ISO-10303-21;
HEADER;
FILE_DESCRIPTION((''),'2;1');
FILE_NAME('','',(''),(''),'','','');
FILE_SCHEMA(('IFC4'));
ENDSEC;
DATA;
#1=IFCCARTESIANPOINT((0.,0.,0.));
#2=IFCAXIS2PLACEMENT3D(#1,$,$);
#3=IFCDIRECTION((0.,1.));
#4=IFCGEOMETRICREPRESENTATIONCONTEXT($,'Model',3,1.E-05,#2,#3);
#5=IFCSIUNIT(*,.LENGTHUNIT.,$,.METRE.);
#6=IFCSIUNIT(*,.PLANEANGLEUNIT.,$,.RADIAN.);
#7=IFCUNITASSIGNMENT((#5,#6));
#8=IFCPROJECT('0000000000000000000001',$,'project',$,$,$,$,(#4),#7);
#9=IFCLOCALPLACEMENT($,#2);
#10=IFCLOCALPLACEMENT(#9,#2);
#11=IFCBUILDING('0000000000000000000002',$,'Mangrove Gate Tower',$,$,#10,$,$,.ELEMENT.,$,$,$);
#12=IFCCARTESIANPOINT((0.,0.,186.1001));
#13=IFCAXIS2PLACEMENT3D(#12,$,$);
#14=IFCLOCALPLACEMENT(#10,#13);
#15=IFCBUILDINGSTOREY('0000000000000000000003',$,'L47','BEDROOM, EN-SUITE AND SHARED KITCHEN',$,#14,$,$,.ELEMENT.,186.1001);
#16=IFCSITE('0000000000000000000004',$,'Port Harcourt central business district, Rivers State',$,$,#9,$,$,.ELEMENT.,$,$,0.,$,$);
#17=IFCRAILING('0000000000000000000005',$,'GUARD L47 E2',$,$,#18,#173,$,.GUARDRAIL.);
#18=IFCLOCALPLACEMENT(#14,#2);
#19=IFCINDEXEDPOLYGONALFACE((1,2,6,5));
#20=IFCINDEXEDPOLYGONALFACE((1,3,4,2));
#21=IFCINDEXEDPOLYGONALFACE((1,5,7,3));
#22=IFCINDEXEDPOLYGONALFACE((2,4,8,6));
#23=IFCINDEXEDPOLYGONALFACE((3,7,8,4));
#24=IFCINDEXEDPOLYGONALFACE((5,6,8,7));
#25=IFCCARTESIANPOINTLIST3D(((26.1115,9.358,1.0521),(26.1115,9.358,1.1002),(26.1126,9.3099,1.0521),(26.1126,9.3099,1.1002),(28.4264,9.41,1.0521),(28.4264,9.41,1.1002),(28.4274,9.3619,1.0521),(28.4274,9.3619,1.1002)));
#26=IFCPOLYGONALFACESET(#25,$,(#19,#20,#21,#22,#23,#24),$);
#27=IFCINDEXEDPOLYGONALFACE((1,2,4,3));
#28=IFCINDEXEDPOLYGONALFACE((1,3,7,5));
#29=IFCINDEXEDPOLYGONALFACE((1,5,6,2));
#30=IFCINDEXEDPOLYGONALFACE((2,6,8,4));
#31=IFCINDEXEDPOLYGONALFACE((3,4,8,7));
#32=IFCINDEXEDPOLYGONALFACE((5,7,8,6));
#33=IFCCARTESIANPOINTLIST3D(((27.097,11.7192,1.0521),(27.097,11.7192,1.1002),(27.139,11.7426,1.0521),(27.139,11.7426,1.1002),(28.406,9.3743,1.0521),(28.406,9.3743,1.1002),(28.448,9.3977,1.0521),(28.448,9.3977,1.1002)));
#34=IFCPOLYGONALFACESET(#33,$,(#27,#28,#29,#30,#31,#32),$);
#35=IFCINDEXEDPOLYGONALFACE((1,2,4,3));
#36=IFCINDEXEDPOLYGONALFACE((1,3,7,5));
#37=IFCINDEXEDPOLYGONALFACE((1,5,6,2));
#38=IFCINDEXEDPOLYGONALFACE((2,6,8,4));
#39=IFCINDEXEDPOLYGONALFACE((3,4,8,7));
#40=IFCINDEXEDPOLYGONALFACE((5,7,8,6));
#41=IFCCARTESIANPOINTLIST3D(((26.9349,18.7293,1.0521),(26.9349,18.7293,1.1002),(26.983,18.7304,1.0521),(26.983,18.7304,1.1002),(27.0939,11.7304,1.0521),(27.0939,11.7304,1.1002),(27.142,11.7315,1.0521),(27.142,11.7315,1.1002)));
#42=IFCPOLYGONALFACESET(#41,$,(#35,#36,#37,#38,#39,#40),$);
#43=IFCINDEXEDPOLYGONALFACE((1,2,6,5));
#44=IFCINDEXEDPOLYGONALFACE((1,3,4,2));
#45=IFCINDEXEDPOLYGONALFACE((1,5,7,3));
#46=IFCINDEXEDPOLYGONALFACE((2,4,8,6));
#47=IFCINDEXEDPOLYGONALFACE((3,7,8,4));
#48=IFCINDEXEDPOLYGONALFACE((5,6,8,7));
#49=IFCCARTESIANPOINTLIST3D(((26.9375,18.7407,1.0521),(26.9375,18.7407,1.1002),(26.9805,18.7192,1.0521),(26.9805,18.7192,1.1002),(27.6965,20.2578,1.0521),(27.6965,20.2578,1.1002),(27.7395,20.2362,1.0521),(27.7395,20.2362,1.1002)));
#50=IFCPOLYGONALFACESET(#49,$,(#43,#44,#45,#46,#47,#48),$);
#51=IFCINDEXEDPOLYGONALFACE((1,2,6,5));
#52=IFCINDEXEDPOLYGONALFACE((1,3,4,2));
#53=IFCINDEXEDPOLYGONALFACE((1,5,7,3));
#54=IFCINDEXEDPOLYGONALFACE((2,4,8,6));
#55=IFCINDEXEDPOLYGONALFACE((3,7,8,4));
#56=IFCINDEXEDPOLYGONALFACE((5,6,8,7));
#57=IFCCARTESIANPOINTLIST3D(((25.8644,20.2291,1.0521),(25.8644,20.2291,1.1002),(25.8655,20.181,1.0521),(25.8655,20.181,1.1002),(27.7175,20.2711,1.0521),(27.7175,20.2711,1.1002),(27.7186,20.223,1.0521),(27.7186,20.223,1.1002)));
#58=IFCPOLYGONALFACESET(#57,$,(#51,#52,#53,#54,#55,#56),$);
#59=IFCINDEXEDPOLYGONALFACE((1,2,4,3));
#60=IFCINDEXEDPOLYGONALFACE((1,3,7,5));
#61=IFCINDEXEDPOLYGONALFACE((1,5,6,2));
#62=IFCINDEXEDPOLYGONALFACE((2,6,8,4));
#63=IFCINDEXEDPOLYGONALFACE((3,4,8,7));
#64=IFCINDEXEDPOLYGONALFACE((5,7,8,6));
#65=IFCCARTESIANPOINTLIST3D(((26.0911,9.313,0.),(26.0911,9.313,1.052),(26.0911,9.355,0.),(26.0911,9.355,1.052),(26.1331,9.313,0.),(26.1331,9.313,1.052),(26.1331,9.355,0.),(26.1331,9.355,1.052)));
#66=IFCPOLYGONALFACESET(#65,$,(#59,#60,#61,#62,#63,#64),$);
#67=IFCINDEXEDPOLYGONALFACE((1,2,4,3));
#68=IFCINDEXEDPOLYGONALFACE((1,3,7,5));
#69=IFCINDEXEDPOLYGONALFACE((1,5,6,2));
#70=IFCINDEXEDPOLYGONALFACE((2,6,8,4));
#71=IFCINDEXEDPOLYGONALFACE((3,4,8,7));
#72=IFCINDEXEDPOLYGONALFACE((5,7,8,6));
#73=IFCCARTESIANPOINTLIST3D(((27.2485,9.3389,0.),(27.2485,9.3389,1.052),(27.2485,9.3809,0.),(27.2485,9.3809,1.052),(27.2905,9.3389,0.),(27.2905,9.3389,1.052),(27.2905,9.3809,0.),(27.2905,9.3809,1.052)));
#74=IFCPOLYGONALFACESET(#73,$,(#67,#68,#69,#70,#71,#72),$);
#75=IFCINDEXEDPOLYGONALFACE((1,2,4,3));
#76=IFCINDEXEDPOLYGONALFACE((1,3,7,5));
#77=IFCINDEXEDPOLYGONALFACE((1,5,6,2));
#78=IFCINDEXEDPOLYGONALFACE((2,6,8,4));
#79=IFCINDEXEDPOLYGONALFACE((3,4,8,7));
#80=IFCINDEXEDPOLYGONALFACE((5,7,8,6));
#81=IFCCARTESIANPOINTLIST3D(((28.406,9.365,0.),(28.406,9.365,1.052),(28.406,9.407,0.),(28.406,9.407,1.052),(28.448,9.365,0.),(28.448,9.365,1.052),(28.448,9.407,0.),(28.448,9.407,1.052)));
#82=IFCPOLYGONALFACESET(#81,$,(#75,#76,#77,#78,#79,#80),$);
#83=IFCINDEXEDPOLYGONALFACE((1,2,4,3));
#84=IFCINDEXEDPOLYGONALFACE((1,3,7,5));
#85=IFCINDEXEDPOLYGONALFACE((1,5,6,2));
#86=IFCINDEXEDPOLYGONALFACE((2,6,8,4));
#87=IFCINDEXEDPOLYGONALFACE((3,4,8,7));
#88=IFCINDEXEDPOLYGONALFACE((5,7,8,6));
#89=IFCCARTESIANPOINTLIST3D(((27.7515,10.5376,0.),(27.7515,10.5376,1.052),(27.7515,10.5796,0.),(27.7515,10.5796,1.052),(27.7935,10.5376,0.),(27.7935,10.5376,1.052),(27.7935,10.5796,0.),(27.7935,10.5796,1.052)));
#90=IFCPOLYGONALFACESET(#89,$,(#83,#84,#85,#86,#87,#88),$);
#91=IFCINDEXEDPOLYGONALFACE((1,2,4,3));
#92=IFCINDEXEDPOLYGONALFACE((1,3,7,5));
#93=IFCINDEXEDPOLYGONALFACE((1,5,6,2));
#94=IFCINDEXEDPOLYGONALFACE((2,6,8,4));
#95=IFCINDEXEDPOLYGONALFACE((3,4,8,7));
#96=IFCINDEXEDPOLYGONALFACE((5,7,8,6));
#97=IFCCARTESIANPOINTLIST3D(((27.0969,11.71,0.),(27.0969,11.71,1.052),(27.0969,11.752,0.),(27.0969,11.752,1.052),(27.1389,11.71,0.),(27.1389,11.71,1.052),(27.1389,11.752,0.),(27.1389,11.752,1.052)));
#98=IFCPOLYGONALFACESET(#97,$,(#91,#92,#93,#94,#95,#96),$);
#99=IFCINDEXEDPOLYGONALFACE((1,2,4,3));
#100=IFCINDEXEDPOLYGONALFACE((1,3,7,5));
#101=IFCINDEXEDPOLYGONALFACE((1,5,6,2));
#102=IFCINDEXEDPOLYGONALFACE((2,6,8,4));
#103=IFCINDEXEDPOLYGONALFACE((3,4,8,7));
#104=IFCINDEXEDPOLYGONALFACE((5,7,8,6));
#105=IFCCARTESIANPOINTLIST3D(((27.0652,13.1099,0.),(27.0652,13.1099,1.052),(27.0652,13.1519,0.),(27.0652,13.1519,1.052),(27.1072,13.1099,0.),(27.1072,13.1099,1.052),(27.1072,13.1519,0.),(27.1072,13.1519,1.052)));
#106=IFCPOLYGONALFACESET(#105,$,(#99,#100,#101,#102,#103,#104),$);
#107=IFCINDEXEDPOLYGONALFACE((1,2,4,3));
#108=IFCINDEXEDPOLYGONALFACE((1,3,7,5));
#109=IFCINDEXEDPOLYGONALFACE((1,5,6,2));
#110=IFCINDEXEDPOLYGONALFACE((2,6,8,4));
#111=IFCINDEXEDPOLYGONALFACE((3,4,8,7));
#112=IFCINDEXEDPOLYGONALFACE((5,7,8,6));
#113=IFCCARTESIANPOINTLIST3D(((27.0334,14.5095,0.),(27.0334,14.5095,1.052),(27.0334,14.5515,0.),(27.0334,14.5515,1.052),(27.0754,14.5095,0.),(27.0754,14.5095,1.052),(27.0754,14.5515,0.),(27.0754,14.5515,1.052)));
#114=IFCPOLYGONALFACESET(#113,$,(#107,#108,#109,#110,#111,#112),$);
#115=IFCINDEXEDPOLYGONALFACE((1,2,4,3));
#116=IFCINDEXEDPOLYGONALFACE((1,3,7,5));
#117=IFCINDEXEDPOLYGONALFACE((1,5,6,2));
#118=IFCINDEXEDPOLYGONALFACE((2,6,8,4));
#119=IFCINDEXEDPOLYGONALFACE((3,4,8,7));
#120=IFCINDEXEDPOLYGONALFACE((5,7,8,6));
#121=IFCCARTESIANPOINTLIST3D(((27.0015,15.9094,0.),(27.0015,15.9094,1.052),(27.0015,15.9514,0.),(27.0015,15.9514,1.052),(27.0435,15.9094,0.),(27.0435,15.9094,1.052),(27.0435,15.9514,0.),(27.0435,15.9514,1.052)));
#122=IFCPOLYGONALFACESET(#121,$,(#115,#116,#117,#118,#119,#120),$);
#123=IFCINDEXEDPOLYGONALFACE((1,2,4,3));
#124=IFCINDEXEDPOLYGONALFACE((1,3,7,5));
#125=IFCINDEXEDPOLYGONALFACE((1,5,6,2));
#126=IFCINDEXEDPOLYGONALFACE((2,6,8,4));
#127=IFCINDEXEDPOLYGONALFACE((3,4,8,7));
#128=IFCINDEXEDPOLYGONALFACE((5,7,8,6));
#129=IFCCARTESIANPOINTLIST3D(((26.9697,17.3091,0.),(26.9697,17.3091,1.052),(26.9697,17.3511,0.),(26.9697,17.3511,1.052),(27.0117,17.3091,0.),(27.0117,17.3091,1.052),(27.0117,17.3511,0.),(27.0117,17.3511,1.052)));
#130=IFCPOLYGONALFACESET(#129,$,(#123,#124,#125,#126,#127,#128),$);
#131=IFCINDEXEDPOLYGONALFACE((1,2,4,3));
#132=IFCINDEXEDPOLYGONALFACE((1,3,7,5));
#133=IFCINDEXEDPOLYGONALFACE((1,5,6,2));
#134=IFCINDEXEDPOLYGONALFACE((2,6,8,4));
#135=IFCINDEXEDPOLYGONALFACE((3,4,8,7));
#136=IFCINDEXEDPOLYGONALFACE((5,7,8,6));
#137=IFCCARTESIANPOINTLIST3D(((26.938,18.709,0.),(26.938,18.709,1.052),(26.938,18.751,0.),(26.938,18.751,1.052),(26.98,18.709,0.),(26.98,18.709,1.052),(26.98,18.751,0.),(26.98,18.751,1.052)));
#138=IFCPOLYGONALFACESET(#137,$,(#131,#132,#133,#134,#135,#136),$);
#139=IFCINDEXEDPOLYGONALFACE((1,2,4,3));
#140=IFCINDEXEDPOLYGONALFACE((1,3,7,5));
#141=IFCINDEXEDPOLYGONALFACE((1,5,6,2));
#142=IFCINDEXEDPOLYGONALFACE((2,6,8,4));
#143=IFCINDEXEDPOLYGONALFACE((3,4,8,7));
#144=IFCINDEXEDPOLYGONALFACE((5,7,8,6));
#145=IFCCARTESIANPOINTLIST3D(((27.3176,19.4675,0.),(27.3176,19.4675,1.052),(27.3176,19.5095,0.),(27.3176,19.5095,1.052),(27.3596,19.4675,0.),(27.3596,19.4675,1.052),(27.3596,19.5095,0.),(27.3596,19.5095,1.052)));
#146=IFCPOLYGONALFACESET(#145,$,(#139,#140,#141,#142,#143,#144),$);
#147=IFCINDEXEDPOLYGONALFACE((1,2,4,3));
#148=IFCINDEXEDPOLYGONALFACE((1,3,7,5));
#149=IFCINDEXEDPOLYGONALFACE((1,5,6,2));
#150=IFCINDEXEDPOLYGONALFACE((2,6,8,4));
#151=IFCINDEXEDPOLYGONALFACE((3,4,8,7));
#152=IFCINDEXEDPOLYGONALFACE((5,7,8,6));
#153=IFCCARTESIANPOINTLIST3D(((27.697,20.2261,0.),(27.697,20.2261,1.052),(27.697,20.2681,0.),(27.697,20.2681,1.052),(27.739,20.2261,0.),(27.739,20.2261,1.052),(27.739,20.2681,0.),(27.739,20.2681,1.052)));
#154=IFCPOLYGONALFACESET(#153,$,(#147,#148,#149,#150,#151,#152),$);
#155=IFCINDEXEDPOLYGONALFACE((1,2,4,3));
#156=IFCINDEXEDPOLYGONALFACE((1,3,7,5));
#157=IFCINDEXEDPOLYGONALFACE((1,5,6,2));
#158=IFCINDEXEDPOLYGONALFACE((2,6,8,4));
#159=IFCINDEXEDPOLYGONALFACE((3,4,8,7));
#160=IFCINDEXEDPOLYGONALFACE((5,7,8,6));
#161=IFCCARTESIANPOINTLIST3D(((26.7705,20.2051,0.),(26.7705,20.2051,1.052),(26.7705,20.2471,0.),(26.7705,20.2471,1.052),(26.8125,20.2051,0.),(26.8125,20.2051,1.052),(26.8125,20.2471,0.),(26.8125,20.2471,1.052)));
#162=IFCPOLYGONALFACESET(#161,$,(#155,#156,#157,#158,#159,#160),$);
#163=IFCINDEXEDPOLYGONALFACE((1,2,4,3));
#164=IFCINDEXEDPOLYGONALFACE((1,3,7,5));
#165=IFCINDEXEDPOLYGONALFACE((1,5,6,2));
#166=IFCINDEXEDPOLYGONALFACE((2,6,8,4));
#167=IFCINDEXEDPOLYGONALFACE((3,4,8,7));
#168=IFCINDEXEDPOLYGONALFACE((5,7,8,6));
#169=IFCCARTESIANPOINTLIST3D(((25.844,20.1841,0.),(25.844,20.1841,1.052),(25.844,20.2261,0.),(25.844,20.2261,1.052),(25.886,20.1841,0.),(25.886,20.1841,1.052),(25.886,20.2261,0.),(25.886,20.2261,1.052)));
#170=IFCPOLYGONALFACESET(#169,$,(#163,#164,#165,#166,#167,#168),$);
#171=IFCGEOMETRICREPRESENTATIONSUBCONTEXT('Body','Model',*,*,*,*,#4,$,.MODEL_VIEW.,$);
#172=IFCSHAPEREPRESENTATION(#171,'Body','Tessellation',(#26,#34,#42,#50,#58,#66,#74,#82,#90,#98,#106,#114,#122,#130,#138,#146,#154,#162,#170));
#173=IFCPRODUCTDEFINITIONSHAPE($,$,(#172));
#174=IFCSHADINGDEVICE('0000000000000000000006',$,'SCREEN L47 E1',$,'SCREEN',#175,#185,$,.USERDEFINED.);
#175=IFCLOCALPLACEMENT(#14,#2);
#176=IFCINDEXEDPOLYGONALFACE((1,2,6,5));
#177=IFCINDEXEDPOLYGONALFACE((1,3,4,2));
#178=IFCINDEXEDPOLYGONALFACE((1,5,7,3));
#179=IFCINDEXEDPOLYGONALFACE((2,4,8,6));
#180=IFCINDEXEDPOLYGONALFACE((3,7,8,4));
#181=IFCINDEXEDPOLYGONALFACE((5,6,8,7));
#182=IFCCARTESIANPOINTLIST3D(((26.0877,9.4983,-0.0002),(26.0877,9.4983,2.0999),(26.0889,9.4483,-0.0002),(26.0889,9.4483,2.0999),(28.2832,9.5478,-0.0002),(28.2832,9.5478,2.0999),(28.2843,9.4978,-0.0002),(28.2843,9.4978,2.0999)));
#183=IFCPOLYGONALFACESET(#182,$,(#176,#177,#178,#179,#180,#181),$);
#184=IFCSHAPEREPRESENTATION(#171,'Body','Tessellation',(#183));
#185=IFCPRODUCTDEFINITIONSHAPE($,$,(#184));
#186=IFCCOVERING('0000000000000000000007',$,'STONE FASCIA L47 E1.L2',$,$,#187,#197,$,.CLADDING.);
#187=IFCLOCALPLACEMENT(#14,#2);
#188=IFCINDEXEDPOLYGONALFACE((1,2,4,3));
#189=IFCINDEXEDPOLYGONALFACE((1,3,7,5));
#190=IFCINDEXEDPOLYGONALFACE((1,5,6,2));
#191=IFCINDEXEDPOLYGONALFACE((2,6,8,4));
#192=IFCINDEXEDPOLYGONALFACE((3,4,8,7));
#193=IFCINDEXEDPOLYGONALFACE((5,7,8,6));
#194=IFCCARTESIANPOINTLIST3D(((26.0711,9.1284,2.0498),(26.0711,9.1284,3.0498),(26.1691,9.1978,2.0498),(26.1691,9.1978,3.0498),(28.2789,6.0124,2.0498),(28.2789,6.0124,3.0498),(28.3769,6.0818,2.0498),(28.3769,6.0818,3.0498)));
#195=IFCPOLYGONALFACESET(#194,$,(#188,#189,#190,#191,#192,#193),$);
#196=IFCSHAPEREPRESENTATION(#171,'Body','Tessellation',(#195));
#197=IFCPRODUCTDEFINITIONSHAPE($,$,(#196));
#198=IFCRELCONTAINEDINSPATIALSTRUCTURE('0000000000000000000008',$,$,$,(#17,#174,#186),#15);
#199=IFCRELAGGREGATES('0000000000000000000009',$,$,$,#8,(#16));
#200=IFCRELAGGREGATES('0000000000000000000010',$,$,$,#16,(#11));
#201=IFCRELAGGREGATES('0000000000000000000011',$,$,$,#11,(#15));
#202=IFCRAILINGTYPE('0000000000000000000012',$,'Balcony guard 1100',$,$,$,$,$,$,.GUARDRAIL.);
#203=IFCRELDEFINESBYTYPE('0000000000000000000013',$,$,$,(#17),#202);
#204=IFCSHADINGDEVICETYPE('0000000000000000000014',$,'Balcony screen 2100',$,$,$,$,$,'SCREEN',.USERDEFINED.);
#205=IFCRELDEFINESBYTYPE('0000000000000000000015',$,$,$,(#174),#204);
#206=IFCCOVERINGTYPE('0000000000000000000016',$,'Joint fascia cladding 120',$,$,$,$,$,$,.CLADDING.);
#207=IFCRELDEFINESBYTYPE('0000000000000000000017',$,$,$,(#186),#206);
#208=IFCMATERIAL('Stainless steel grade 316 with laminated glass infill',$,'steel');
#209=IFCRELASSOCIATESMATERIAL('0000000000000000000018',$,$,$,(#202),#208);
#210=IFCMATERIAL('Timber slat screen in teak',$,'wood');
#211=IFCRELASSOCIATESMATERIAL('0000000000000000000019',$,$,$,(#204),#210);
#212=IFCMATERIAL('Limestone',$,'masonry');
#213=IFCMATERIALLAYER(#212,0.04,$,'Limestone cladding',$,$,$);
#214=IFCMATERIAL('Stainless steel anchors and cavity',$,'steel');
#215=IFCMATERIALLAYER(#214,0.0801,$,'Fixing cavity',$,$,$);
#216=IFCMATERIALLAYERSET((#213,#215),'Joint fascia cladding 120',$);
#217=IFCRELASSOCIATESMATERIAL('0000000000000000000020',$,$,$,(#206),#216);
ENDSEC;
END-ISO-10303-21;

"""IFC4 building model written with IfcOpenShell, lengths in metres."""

from ifc_helpers import new_model, si_unit, direction, frame, frame_2d, origin, origin_2d, place, context, subcontext, project, spatial, rectangle, extrude, material, layer, layer_set, type_object, element, save


model = new_model("IFC4")

# Units and contexts
model_context = context("Model", 3, precision=1e-05, world=origin(), true_north=direction((0.0, 1.0)))
body_context = subcontext(model_context, "Body", "Model", "MODEL_VIEW")
ifc_project = project(units=[si_unit("LENGTHUNIT", "METRE"), si_unit("PLANEANGLEUNIT", "RADIAN")], contexts=[model_context])

# Site, building, storey
site_placement = place(None, origin())
site = spatial("IfcSite", under=ifc_project, at=site_placement, Name="Port Harcourt central business district, Rivers State", CompositionType="ELEMENT", RefElevation=0.0)
building_placement = place(site_placement, origin())
building = spatial("IfcBuilding", under=site, at=building_placement, Name="Mangrove Gate Tower", CompositionType="ELEMENT")
storey_placement = place(building_placement, frame((0.0, 0.0, 186.1001)))
storey = spatial("IfcBuildingStorey", under=building, at=storey_placement, Name="L47", Description="BEDROOM, EN-SUITE AND SHARED KITCHEN", CompositionType="ELEMENT", Elevation=186.1001)

# Shared definitions
ifc_material_1 = material(Name="Limestone", Category="masonry")

# Railing
ifc_material_2 = material(Name="Stainless steel grade 316 with laminated glass infill", Category="steel")
railing_type = type_object("IfcRailingType", Name="Balcony guard 1100", PredefinedType="GUARDRAIL", material=ifc_material_2)
railing_placement = place(storey_placement, frame((26.1121, 9.334, 0.0)))
element("IfcRailing", 1, at=railing_placement, inside=storey, type_object=railing_type, Name="GUARD L47 E2", PredefinedType="GUARDRAIL", context=body_context, shape_type="SweptSolid", body=[
    extrude(rectangle(XDim=0.0481, YDim=0.0481, at=origin_2d()), frame((0.0, 0.0, 1.0762), z_axis=(0.999748, 0.022458, 0.0), x_axis=(-0.022458, 0.999748, 0.0)), (0.0, 0.0, 1.0), 2.3154),
    extrude(rectangle(XDim=0.0481, YDim=0.0481, at=origin_2d()), frame((2.3149, 0.052, 1.0762), z_axis=(-0.48744, 0.873156, 0.0), x_axis=(-0.873156, -0.48744, 0.0)), (0.0, 0.0, 1.0), 2.6855),
    extrude(rectangle(XDim=0.0481, YDim=0.0481, at=origin_2d()), frame((1.0059, 2.397, 1.0762), z_axis=(-0.022702, 0.999742, 0.0), x_axis=(-0.999742, -0.022702, 0.0)), (0.0, 0.0, 1.0), 7.0007),
    extrude(rectangle(XDim=0.0481, YDim=0.0481, at=origin_2d()), frame((0.8469, 9.396, 1.0762), z_axis=(0.447444, 0.894312, 0.0), x_axis=(-0.894312, 0.447444, 0.0)), (0.0, 0.0, 1.0), 1.6963),
    extrude(rectangle(XDim=0.0481, YDim=0.0481, at=origin_2d()), frame((1.606, 10.9131, 1.0762), z_axis=(-0.999743, -0.022656, 0.0), x_axis=(0.022656, -0.999743, 0.0)), (0.0, 0.0, 1.0), 1.8535),
    extrude(rectangle(XDim=0.042, YDim=0.042, at=origin_2d()), origin(), (0.0, 0.0, 1.0), 1.052),
    extrude(rectangle(XDim=0.042, YDim=0.042, at=origin_2d()), frame((1.1575, 0.0259, 0.0)), (0.0, 0.0, 1.0), 1.052),
    extrude(rectangle(XDim=0.042, YDim=0.042, at=origin_2d()), frame((2.3149, 0.052, 0.0)), (0.0, 0.0, 1.0), 1.052),
    extrude(rectangle(XDim=0.042, YDim=0.042, at=origin_2d()), frame((1.6604, 1.2246, 0.0)), (0.0, 0.0, 1.0), 1.052),
    extrude(rectangle(XDim=0.042, YDim=0.042, at=origin_2d()), frame((1.0059, 2.397, 0.0)), (0.0, 0.0, 1.0), 1.052),
    extrude(rectangle(XDim=0.042, YDim=0.042, at=origin_2d()), frame((0.9741, 3.7969, 0.0)), (0.0, 0.0, 1.0), 1.052),
    extrude(rectangle(XDim=0.042, YDim=0.042, at=origin_2d()), frame((0.9424, 5.1965, 0.0)), (0.0, 0.0, 1.0), 1.052),
    extrude(rectangle(XDim=0.042, YDim=0.042, at=origin_2d()), frame((0.9104, 6.5964, 0.0)), (0.0, 0.0, 1.0), 1.052),
    extrude(rectangle(XDim=0.042, YDim=0.042, at=origin_2d()), frame((0.8787, 7.9961, 0.0)), (0.0, 0.0, 1.0), 1.052),
    extrude(rectangle(XDim=0.042, YDim=0.042, at=origin_2d()), frame((0.8469, 9.396, 0.0)), (0.0, 0.0, 1.0), 1.052),
    extrude(rectangle(XDim=0.042, YDim=0.042, at=origin_2d()), frame((1.2266, 10.1545, 0.0)), (0.0, 0.0, 1.0), 1.052),
    extrude(rectangle(XDim=0.042, YDim=0.042, at=origin_2d()), frame((1.606, 10.9131, 0.0)), (0.0, 0.0, 1.0), 1.052),
    extrude(rectangle(XDim=0.042, YDim=0.042, at=origin_2d()), frame((0.6794, 10.8921, 0.0)), (0.0, 0.0, 1.0), 1.052),
    extrude(rectangle(XDim=0.042, YDim=0.042, at=origin_2d()), frame((-0.2471, 10.8711, 0.0)), (0.0, 0.0, 1.0), 1.052),
])

# Shading device
ifc_material_3 = material(Name="Timber slat screen in teak", Category="wood")
shading_device_type = type_object("IfcShadingDeviceType", Name="Balcony screen 2100", ElementType="SCREEN", PredefinedType="USERDEFINED", material=ifc_material_3)
shading_device_placement = place(storey_placement, frame((27.186, 9.498, -0.0002), z_axis=(0.0, 0.0, 1.0), x_axis=(0.999746, 0.022548, 0.0)))
element("IfcShadingDevice", 2, at=shading_device_placement, inside=storey, type_object=shading_device_type, Name="SCREEN L47 E1", ObjectType="SCREEN", PredefinedType="USERDEFINED", context=body_context, shape_type="SweptSolid", body=[
    extrude(rectangle(XDim=2.196, YDim=0.05, at=origin_2d()), origin(), (0.0, 0.0, 1.0), 2.1001),
])

# Covering
ifc_layer_1 = layer(ifc_material_1, 0.04, Name="Limestone cladding")
ifc_material_4 = material(Name="Stainless steel anchors and cavity", Category="steel")
ifc_layer_2 = layer(ifc_material_4, 0.0801, Name="Fixing cavity")
ifc_layer_set_1 = layer_set([ifc_layer_1, ifc_layer_2], Name="Joint fascia cladding 120")
covering_type = type_object("IfcCoveringType", Name="Joint fascia cladding 120", PredefinedType="CLADDING", material=ifc_layer_set_1)
covering_placement = place(storey_placement, frame((28.3279, 6.0471, 2.0498), z_axis=(0.0, 0.0, 1.0), x_axis=(-0.578126, 0.815948, 0.0)))
element("IfcCovering", 3, at=covering_placement, inside=storey, type_object=covering_type, Name="STONE FASCIA L47 E1.L2", PredefinedType="CLADDING", context=body_context, shape_type="SweptSolid", body=[
    extrude(rectangle(XDim=3.8188, YDim=0.1201, at=frame_2d((1.9094, 0.0))), origin(), (0.0, 0.0, 1.0), 1.0),
])

save(model, "model.ifc")
